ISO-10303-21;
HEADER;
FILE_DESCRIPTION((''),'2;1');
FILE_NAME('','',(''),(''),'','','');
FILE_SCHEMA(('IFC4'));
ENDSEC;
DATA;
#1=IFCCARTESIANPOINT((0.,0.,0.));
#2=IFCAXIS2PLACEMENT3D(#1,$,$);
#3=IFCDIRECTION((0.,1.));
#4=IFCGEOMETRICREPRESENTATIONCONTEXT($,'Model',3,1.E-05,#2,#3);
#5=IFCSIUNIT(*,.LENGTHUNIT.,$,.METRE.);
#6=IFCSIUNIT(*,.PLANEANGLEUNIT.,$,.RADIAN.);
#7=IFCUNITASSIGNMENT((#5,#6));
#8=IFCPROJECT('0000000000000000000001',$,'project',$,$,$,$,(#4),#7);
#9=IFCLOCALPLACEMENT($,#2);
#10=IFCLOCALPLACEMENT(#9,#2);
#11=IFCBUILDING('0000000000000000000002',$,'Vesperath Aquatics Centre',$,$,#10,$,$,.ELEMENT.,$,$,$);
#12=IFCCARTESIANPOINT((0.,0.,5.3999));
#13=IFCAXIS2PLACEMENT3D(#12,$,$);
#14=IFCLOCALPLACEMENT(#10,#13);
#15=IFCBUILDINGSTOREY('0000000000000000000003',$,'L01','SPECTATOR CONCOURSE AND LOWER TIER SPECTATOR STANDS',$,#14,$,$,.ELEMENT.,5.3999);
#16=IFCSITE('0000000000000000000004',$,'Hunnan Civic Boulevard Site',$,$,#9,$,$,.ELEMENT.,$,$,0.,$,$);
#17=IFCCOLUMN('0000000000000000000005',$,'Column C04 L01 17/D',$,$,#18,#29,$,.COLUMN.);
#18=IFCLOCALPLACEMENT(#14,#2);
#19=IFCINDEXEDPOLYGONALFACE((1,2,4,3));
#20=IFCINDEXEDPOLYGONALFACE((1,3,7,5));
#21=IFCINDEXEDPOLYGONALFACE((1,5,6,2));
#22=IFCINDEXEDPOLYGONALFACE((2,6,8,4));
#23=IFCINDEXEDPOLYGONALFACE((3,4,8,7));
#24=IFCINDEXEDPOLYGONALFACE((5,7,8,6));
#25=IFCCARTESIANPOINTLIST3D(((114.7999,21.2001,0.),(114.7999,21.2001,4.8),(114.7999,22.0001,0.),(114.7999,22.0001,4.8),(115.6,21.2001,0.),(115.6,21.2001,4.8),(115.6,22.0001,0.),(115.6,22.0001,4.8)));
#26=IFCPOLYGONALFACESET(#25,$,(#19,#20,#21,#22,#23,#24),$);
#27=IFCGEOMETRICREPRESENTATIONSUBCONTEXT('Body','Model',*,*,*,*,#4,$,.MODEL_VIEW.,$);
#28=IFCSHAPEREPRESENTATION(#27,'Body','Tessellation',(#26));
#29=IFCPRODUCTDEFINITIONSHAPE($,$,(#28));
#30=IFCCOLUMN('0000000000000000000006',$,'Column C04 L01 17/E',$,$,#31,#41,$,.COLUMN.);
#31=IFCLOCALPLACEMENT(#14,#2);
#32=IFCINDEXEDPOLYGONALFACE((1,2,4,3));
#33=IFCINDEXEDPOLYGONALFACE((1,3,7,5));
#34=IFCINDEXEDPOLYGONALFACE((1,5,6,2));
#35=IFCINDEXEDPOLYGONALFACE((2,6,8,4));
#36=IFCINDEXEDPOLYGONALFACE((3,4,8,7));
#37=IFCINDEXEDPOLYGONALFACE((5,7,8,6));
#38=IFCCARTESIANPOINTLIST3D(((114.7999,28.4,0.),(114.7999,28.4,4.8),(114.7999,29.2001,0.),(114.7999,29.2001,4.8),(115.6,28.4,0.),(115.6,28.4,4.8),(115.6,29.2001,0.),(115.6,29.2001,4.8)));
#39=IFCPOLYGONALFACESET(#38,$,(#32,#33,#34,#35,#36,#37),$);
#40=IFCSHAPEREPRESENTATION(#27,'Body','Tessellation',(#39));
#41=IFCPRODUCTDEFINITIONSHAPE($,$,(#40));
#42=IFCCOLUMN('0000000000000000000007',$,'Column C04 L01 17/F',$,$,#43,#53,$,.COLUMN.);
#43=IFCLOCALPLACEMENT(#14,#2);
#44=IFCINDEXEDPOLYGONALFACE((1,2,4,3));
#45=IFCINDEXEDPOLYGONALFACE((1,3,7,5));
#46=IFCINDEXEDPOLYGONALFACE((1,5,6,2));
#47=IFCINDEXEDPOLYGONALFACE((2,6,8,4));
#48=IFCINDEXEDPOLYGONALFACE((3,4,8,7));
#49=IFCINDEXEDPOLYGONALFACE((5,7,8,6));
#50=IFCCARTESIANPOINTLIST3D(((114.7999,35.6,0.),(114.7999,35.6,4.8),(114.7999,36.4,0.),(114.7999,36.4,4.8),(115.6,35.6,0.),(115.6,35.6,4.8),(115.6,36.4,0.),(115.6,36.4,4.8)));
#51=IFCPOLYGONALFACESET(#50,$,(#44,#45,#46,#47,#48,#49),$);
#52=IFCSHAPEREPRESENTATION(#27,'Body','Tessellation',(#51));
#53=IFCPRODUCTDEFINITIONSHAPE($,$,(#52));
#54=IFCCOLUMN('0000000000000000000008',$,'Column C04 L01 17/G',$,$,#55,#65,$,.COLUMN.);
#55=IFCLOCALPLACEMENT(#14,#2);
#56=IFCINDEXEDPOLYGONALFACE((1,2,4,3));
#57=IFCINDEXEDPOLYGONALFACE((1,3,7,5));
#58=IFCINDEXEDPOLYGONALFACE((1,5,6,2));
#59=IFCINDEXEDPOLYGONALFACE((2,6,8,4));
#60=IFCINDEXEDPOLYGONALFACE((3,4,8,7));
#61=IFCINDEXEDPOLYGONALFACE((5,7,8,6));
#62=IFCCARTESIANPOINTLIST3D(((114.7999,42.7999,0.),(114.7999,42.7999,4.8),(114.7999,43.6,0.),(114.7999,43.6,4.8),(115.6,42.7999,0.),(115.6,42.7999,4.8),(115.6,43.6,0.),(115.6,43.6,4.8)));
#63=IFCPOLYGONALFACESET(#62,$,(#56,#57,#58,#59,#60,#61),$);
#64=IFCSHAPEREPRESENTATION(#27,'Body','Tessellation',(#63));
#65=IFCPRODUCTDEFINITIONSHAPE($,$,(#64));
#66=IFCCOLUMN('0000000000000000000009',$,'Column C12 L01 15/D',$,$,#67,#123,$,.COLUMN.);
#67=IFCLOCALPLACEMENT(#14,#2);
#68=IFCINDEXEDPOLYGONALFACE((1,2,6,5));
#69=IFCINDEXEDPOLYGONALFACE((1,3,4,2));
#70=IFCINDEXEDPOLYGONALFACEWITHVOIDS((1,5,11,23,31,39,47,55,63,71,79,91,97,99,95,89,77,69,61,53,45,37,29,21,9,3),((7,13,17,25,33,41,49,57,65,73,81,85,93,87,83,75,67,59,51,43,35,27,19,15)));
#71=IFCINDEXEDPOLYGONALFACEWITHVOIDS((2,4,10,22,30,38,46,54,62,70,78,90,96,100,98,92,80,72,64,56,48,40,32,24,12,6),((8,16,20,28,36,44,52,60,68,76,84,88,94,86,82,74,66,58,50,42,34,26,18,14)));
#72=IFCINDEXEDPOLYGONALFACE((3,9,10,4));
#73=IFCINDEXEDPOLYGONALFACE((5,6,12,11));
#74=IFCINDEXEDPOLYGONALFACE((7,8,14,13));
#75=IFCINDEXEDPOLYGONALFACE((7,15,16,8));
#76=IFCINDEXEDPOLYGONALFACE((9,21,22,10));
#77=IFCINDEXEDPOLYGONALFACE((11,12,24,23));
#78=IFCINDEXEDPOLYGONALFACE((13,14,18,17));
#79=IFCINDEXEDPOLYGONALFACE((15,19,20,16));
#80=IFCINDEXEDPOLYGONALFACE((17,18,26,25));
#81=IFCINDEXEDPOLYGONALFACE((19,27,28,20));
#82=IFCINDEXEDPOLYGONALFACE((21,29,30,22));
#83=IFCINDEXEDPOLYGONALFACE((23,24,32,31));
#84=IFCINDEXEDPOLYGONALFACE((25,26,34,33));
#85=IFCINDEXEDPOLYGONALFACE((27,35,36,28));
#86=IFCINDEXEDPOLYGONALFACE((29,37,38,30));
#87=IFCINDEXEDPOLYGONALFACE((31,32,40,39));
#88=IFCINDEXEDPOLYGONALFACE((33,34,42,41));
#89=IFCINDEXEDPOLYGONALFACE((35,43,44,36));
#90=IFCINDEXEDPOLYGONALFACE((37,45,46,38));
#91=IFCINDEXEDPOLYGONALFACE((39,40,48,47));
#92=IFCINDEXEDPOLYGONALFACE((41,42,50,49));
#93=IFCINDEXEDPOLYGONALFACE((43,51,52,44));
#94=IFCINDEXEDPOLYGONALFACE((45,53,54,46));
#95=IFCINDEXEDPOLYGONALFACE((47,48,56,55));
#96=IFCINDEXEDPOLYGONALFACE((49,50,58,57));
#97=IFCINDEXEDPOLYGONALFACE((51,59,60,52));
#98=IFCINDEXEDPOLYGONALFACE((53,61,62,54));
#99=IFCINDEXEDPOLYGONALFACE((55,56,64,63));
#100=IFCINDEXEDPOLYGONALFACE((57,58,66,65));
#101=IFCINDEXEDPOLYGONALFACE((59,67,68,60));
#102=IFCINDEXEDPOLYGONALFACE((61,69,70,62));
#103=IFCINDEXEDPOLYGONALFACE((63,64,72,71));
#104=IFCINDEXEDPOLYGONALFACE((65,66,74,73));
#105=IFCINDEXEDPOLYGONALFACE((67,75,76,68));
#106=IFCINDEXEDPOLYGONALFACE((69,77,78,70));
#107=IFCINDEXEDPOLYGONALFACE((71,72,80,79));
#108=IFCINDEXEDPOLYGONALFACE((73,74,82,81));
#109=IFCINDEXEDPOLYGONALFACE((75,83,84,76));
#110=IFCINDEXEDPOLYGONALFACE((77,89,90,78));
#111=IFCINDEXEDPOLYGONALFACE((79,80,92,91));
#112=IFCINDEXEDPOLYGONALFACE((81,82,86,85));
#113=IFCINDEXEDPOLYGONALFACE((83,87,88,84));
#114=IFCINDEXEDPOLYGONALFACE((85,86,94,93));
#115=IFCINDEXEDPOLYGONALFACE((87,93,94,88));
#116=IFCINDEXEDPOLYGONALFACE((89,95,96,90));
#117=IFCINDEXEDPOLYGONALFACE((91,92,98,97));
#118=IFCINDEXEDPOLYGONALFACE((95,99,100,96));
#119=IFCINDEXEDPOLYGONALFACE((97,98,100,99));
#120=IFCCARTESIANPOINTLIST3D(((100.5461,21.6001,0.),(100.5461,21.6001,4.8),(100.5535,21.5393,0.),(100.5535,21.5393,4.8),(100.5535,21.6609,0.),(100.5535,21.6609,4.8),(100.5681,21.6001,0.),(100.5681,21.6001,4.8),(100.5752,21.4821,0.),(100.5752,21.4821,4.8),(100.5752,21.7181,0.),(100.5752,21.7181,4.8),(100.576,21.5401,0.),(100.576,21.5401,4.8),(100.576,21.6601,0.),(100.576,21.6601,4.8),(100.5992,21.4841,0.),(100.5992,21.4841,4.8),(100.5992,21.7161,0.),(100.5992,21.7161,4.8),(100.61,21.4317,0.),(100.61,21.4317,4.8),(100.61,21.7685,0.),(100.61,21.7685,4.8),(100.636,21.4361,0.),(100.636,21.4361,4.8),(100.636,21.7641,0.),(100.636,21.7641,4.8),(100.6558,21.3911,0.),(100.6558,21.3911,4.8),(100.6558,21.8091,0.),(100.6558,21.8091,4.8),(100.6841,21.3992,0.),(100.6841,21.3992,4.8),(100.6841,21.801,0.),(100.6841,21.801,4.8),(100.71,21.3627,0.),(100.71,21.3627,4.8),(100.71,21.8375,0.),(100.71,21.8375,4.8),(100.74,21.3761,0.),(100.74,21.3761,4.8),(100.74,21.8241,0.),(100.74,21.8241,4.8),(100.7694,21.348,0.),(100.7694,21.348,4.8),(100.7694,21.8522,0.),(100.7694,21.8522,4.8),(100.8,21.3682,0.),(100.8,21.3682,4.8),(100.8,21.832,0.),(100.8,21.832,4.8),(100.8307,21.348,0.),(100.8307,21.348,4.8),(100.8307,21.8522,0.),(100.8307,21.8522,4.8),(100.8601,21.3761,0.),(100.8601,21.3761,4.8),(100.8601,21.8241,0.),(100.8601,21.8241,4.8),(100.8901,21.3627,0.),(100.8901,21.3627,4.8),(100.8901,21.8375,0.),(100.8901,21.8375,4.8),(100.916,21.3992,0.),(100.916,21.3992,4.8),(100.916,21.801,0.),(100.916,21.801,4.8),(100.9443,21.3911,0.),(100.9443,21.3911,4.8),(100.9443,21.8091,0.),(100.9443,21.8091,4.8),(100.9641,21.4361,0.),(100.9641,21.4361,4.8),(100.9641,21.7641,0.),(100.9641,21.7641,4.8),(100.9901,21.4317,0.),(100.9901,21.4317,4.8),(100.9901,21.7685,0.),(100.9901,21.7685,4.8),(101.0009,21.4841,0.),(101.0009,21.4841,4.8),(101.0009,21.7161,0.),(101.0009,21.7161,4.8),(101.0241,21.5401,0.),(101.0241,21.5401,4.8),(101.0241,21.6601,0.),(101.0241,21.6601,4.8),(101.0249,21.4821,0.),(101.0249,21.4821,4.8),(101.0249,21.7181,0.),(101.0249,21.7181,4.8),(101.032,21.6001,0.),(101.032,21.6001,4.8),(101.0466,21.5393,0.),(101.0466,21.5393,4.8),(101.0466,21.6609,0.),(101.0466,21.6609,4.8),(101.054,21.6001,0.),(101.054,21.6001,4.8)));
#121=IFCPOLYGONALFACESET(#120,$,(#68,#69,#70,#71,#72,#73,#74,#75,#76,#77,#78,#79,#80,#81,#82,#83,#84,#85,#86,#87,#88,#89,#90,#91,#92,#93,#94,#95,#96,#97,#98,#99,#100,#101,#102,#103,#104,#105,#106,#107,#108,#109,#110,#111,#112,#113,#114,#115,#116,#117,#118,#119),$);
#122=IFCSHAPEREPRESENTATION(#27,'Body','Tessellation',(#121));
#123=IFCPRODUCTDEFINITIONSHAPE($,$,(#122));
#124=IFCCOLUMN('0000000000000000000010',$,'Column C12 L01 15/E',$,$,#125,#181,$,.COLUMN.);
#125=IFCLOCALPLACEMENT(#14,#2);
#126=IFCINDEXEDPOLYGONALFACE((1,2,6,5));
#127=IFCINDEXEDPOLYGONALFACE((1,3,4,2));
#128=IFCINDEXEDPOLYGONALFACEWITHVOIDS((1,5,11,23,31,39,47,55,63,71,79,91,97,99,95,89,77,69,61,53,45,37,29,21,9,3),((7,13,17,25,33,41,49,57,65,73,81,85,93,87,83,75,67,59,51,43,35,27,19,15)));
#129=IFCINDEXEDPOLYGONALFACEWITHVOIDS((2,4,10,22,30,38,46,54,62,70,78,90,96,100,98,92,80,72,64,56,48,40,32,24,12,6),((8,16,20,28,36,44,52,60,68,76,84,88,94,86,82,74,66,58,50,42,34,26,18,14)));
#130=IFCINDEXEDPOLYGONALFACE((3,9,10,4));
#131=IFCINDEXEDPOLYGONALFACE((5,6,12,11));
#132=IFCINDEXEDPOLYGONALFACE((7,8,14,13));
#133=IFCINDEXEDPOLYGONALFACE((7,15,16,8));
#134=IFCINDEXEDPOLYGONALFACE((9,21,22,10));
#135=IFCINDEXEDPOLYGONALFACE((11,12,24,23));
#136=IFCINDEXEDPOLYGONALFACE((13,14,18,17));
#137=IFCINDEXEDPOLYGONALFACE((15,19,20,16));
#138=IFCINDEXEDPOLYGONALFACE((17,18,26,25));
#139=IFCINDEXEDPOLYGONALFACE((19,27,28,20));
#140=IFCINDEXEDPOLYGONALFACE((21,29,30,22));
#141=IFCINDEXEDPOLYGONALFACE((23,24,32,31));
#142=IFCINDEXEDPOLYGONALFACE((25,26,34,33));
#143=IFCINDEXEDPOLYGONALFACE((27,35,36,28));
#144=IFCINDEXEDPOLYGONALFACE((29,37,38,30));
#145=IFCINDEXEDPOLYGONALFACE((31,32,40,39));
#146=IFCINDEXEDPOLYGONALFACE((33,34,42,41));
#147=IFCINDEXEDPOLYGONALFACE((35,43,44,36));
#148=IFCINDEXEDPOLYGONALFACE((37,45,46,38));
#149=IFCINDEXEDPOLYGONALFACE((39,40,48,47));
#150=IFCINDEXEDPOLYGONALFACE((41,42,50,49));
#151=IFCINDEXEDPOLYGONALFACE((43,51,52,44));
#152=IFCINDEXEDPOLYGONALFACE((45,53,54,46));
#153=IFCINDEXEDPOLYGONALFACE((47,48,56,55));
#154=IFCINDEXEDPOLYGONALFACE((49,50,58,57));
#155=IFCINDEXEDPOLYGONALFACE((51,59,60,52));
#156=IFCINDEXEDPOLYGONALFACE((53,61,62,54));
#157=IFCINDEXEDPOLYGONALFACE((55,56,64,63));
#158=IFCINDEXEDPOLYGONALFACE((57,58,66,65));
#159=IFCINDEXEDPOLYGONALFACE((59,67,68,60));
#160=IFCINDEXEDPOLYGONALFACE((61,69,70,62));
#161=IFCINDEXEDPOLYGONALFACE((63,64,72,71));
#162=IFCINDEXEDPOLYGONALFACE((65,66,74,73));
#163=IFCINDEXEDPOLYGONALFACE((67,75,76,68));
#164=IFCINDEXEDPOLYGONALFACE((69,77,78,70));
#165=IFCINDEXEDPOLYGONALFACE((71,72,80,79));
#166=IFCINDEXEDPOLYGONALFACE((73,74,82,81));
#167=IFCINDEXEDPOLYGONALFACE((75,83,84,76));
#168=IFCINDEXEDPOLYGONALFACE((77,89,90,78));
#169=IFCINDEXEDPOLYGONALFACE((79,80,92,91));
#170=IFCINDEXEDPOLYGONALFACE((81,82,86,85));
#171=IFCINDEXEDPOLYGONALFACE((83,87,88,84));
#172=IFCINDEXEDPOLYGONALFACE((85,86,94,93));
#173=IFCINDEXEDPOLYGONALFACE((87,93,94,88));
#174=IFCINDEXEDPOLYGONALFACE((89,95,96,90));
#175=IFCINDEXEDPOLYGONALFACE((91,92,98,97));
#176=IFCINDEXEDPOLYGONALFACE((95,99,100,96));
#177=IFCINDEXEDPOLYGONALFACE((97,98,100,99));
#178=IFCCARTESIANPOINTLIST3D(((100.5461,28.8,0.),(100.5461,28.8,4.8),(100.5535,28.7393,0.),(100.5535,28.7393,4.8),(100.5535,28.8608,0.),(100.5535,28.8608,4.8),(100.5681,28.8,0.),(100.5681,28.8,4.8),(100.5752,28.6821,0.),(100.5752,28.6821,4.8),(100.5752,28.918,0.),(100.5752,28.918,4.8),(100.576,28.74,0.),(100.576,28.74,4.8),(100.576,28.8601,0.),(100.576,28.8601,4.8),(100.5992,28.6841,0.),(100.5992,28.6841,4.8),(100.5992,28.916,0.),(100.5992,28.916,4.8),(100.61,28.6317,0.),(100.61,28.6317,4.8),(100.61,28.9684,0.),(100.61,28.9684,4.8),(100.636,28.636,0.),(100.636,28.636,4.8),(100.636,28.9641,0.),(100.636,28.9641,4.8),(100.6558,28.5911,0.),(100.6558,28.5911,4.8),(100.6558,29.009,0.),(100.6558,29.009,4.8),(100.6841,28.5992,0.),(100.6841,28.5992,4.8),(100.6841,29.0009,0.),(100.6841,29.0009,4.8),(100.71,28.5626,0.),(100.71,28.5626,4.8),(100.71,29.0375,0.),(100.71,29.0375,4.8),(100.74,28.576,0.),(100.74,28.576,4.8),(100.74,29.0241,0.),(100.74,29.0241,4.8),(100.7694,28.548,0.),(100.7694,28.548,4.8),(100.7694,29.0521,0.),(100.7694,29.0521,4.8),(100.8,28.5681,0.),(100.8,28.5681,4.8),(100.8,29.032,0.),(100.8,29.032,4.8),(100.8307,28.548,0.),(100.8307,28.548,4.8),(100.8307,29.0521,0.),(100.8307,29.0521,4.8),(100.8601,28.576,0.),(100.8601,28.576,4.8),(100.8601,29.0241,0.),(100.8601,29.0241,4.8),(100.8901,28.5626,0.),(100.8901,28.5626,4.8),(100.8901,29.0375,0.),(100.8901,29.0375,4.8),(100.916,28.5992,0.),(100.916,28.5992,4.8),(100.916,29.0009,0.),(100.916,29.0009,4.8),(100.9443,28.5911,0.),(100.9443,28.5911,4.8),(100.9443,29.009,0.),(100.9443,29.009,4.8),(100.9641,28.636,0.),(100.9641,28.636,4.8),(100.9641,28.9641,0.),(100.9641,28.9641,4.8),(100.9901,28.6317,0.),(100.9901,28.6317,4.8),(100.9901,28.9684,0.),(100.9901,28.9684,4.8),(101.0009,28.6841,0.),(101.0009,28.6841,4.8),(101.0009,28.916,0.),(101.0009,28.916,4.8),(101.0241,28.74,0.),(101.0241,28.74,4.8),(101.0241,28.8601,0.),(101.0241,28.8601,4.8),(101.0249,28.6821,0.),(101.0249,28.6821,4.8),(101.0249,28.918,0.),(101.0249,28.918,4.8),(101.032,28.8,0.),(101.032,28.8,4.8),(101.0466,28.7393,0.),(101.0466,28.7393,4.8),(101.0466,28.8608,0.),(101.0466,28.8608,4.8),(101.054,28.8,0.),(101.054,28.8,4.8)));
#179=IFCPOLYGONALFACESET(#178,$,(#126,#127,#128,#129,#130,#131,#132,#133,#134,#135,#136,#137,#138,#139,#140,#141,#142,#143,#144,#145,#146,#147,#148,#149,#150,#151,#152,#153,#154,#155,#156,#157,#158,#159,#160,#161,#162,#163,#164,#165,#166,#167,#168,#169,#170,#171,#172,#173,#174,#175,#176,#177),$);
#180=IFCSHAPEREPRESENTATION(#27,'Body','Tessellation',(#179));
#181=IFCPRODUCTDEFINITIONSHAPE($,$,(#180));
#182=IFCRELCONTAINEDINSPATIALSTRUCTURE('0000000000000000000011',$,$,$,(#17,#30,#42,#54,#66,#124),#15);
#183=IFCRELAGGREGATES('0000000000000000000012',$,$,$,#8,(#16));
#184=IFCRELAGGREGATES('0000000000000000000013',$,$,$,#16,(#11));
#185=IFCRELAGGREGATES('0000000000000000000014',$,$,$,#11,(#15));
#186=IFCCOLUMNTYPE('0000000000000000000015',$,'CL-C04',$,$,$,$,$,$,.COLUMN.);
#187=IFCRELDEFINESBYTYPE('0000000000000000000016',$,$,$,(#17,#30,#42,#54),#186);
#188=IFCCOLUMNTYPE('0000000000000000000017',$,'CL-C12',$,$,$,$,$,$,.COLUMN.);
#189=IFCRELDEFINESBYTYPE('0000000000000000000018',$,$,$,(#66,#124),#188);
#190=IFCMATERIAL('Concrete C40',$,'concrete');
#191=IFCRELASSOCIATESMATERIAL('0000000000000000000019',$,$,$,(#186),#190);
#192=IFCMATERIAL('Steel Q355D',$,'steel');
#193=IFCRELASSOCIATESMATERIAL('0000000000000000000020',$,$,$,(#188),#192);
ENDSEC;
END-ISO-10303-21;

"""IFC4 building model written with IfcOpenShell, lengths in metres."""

from ifc_helpers import new_model, si_unit, direction, frame, origin, origin_2d, place, context, subcontext, project, spatial, rectangle, hollow_circle, extrude, material, material_profile, profile_set, type_object, element, save


model = new_model("IFC4")

# Units and contexts
model_context = context("Model", 3, precision=1e-05, world=origin(), true_north=direction((0.0, 1.0)))
body_context = subcontext(model_context, "Body", "Model", "MODEL_VIEW")
ifc_project = project(units=[si_unit("LENGTHUNIT", "METRE"), si_unit("PLANEANGLEUNIT", "RADIAN")], contexts=[model_context])

# Site, building, storey
site_placement = place(None, origin())
site = spatial("IfcSite", under=ifc_project, at=site_placement, Name="Hunnan Civic Boulevard Site", CompositionType="ELEMENT", RefElevation=0.0)
building_placement = place(site_placement, origin())
building = spatial("IfcBuilding", under=site, at=building_placement, Name="Vesperath Aquatics Centre", CompositionType="ELEMENT")
storey_placement = place(building_placement, frame((0.0, 0.0, 5.3999)))
storey = spatial("IfcBuildingStorey", under=building, at=storey_placement, Name="L01", Description="SPECTATOR CONCOURSE AND LOWER TIER SPECTATOR STANDS", CompositionType="ELEMENT", Elevation=5.3999)

# Columns
ifc_material_1 = material(Name="Concrete C40", Category="concrete")
ifc_material_profile_1 = material_profile(ifc_material_1, rectangle(XDim=0.8, YDim=0.8, at=origin_2d()), Name="RC 800x800")
ifc_profile_set_1 = profile_set([ifc_material_profile_1], Name="Concrete C40")
column_type_1 = type_object("IfcColumnType", Name="CL-C04", PredefinedType="COLUMN", material=ifc_profile_set_1)
for number, where, z_axis, x_axis, name in (
    (1, (115.2, 21.6001, 0.0), (0.0, 0.0, 1.0), (1.0, 0.0, 0.0), "Column C04 L01 17/D"),
    (2, (115.2, 28.8, 0.0), (0.0, 0.0, 1.0), (1.0, 0.0, 0.0), "Column C04 L01 17/E"),
    (3, (115.2, 36.0, 0.0), (0.0, 0.0, 1.0), (1.0, 0.0, 0.0), "Column C04 L01 17/F"),
    (4, (115.2, 43.2, 0.0), (0.0, 0.0, 1.0), (1.0, 0.0, 0.0), "Column C04 L01 17/G"),
):
    element("IfcColumn", number, at=place(storey_placement, frame(where, z_axis=z_axis, x_axis=x_axis)), inside=storey, type_object=column_type_1, Name=name, PredefinedType="COLUMN", context=body_context, shape_type="SweptSolid", body=[
        extrude(rectangle(XDim=0.8, YDim=0.8, at=origin_2d()), origin(), (0.0, 0.0, 1.0), 4.8),
    ])
ifc_material_2 = material(Name="Steel Q355D", Category="steel")
ifc_material_profile_2 = material_profile(ifc_material_2, hollow_circle(Radius=0.2539, WallThickness=0.022, at=origin_2d()), Name="CHS 508.0x22")
ifc_profile_set_2 = profile_set([ifc_material_profile_2], Name="Steel Q355D")
column_type_2 = type_object("IfcColumnType", Name="CL-C12", PredefinedType="COLUMN", material=ifc_profile_set_2)
for number, where, z_axis, x_axis, name in (
    (5, (100.8, 21.6001, 0.0), (0.0, 0.0, 1.0), (1.0, 0.0, 0.0), "Column C12 L01 15/D"),
    (6, (100.8, 28.8, 0.0), (0.0, 0.0, 1.0), (1.0, 0.0, 0.0), "Column C12 L01 15/E"),
):
    element("IfcColumn", number, at=place(storey_placement, frame(where, z_axis=z_axis, x_axis=x_axis)), inside=storey, type_object=column_type_2, Name=name, PredefinedType="COLUMN", context=body_context, shape_type="SweptSolid", body=[
        extrude(hollow_circle(Radius=0.2539, WallThickness=0.022, at=origin_2d()), origin(), (0.0, 0.0, 1.0), 4.8),
    ])

save(model, "model.ifc")
